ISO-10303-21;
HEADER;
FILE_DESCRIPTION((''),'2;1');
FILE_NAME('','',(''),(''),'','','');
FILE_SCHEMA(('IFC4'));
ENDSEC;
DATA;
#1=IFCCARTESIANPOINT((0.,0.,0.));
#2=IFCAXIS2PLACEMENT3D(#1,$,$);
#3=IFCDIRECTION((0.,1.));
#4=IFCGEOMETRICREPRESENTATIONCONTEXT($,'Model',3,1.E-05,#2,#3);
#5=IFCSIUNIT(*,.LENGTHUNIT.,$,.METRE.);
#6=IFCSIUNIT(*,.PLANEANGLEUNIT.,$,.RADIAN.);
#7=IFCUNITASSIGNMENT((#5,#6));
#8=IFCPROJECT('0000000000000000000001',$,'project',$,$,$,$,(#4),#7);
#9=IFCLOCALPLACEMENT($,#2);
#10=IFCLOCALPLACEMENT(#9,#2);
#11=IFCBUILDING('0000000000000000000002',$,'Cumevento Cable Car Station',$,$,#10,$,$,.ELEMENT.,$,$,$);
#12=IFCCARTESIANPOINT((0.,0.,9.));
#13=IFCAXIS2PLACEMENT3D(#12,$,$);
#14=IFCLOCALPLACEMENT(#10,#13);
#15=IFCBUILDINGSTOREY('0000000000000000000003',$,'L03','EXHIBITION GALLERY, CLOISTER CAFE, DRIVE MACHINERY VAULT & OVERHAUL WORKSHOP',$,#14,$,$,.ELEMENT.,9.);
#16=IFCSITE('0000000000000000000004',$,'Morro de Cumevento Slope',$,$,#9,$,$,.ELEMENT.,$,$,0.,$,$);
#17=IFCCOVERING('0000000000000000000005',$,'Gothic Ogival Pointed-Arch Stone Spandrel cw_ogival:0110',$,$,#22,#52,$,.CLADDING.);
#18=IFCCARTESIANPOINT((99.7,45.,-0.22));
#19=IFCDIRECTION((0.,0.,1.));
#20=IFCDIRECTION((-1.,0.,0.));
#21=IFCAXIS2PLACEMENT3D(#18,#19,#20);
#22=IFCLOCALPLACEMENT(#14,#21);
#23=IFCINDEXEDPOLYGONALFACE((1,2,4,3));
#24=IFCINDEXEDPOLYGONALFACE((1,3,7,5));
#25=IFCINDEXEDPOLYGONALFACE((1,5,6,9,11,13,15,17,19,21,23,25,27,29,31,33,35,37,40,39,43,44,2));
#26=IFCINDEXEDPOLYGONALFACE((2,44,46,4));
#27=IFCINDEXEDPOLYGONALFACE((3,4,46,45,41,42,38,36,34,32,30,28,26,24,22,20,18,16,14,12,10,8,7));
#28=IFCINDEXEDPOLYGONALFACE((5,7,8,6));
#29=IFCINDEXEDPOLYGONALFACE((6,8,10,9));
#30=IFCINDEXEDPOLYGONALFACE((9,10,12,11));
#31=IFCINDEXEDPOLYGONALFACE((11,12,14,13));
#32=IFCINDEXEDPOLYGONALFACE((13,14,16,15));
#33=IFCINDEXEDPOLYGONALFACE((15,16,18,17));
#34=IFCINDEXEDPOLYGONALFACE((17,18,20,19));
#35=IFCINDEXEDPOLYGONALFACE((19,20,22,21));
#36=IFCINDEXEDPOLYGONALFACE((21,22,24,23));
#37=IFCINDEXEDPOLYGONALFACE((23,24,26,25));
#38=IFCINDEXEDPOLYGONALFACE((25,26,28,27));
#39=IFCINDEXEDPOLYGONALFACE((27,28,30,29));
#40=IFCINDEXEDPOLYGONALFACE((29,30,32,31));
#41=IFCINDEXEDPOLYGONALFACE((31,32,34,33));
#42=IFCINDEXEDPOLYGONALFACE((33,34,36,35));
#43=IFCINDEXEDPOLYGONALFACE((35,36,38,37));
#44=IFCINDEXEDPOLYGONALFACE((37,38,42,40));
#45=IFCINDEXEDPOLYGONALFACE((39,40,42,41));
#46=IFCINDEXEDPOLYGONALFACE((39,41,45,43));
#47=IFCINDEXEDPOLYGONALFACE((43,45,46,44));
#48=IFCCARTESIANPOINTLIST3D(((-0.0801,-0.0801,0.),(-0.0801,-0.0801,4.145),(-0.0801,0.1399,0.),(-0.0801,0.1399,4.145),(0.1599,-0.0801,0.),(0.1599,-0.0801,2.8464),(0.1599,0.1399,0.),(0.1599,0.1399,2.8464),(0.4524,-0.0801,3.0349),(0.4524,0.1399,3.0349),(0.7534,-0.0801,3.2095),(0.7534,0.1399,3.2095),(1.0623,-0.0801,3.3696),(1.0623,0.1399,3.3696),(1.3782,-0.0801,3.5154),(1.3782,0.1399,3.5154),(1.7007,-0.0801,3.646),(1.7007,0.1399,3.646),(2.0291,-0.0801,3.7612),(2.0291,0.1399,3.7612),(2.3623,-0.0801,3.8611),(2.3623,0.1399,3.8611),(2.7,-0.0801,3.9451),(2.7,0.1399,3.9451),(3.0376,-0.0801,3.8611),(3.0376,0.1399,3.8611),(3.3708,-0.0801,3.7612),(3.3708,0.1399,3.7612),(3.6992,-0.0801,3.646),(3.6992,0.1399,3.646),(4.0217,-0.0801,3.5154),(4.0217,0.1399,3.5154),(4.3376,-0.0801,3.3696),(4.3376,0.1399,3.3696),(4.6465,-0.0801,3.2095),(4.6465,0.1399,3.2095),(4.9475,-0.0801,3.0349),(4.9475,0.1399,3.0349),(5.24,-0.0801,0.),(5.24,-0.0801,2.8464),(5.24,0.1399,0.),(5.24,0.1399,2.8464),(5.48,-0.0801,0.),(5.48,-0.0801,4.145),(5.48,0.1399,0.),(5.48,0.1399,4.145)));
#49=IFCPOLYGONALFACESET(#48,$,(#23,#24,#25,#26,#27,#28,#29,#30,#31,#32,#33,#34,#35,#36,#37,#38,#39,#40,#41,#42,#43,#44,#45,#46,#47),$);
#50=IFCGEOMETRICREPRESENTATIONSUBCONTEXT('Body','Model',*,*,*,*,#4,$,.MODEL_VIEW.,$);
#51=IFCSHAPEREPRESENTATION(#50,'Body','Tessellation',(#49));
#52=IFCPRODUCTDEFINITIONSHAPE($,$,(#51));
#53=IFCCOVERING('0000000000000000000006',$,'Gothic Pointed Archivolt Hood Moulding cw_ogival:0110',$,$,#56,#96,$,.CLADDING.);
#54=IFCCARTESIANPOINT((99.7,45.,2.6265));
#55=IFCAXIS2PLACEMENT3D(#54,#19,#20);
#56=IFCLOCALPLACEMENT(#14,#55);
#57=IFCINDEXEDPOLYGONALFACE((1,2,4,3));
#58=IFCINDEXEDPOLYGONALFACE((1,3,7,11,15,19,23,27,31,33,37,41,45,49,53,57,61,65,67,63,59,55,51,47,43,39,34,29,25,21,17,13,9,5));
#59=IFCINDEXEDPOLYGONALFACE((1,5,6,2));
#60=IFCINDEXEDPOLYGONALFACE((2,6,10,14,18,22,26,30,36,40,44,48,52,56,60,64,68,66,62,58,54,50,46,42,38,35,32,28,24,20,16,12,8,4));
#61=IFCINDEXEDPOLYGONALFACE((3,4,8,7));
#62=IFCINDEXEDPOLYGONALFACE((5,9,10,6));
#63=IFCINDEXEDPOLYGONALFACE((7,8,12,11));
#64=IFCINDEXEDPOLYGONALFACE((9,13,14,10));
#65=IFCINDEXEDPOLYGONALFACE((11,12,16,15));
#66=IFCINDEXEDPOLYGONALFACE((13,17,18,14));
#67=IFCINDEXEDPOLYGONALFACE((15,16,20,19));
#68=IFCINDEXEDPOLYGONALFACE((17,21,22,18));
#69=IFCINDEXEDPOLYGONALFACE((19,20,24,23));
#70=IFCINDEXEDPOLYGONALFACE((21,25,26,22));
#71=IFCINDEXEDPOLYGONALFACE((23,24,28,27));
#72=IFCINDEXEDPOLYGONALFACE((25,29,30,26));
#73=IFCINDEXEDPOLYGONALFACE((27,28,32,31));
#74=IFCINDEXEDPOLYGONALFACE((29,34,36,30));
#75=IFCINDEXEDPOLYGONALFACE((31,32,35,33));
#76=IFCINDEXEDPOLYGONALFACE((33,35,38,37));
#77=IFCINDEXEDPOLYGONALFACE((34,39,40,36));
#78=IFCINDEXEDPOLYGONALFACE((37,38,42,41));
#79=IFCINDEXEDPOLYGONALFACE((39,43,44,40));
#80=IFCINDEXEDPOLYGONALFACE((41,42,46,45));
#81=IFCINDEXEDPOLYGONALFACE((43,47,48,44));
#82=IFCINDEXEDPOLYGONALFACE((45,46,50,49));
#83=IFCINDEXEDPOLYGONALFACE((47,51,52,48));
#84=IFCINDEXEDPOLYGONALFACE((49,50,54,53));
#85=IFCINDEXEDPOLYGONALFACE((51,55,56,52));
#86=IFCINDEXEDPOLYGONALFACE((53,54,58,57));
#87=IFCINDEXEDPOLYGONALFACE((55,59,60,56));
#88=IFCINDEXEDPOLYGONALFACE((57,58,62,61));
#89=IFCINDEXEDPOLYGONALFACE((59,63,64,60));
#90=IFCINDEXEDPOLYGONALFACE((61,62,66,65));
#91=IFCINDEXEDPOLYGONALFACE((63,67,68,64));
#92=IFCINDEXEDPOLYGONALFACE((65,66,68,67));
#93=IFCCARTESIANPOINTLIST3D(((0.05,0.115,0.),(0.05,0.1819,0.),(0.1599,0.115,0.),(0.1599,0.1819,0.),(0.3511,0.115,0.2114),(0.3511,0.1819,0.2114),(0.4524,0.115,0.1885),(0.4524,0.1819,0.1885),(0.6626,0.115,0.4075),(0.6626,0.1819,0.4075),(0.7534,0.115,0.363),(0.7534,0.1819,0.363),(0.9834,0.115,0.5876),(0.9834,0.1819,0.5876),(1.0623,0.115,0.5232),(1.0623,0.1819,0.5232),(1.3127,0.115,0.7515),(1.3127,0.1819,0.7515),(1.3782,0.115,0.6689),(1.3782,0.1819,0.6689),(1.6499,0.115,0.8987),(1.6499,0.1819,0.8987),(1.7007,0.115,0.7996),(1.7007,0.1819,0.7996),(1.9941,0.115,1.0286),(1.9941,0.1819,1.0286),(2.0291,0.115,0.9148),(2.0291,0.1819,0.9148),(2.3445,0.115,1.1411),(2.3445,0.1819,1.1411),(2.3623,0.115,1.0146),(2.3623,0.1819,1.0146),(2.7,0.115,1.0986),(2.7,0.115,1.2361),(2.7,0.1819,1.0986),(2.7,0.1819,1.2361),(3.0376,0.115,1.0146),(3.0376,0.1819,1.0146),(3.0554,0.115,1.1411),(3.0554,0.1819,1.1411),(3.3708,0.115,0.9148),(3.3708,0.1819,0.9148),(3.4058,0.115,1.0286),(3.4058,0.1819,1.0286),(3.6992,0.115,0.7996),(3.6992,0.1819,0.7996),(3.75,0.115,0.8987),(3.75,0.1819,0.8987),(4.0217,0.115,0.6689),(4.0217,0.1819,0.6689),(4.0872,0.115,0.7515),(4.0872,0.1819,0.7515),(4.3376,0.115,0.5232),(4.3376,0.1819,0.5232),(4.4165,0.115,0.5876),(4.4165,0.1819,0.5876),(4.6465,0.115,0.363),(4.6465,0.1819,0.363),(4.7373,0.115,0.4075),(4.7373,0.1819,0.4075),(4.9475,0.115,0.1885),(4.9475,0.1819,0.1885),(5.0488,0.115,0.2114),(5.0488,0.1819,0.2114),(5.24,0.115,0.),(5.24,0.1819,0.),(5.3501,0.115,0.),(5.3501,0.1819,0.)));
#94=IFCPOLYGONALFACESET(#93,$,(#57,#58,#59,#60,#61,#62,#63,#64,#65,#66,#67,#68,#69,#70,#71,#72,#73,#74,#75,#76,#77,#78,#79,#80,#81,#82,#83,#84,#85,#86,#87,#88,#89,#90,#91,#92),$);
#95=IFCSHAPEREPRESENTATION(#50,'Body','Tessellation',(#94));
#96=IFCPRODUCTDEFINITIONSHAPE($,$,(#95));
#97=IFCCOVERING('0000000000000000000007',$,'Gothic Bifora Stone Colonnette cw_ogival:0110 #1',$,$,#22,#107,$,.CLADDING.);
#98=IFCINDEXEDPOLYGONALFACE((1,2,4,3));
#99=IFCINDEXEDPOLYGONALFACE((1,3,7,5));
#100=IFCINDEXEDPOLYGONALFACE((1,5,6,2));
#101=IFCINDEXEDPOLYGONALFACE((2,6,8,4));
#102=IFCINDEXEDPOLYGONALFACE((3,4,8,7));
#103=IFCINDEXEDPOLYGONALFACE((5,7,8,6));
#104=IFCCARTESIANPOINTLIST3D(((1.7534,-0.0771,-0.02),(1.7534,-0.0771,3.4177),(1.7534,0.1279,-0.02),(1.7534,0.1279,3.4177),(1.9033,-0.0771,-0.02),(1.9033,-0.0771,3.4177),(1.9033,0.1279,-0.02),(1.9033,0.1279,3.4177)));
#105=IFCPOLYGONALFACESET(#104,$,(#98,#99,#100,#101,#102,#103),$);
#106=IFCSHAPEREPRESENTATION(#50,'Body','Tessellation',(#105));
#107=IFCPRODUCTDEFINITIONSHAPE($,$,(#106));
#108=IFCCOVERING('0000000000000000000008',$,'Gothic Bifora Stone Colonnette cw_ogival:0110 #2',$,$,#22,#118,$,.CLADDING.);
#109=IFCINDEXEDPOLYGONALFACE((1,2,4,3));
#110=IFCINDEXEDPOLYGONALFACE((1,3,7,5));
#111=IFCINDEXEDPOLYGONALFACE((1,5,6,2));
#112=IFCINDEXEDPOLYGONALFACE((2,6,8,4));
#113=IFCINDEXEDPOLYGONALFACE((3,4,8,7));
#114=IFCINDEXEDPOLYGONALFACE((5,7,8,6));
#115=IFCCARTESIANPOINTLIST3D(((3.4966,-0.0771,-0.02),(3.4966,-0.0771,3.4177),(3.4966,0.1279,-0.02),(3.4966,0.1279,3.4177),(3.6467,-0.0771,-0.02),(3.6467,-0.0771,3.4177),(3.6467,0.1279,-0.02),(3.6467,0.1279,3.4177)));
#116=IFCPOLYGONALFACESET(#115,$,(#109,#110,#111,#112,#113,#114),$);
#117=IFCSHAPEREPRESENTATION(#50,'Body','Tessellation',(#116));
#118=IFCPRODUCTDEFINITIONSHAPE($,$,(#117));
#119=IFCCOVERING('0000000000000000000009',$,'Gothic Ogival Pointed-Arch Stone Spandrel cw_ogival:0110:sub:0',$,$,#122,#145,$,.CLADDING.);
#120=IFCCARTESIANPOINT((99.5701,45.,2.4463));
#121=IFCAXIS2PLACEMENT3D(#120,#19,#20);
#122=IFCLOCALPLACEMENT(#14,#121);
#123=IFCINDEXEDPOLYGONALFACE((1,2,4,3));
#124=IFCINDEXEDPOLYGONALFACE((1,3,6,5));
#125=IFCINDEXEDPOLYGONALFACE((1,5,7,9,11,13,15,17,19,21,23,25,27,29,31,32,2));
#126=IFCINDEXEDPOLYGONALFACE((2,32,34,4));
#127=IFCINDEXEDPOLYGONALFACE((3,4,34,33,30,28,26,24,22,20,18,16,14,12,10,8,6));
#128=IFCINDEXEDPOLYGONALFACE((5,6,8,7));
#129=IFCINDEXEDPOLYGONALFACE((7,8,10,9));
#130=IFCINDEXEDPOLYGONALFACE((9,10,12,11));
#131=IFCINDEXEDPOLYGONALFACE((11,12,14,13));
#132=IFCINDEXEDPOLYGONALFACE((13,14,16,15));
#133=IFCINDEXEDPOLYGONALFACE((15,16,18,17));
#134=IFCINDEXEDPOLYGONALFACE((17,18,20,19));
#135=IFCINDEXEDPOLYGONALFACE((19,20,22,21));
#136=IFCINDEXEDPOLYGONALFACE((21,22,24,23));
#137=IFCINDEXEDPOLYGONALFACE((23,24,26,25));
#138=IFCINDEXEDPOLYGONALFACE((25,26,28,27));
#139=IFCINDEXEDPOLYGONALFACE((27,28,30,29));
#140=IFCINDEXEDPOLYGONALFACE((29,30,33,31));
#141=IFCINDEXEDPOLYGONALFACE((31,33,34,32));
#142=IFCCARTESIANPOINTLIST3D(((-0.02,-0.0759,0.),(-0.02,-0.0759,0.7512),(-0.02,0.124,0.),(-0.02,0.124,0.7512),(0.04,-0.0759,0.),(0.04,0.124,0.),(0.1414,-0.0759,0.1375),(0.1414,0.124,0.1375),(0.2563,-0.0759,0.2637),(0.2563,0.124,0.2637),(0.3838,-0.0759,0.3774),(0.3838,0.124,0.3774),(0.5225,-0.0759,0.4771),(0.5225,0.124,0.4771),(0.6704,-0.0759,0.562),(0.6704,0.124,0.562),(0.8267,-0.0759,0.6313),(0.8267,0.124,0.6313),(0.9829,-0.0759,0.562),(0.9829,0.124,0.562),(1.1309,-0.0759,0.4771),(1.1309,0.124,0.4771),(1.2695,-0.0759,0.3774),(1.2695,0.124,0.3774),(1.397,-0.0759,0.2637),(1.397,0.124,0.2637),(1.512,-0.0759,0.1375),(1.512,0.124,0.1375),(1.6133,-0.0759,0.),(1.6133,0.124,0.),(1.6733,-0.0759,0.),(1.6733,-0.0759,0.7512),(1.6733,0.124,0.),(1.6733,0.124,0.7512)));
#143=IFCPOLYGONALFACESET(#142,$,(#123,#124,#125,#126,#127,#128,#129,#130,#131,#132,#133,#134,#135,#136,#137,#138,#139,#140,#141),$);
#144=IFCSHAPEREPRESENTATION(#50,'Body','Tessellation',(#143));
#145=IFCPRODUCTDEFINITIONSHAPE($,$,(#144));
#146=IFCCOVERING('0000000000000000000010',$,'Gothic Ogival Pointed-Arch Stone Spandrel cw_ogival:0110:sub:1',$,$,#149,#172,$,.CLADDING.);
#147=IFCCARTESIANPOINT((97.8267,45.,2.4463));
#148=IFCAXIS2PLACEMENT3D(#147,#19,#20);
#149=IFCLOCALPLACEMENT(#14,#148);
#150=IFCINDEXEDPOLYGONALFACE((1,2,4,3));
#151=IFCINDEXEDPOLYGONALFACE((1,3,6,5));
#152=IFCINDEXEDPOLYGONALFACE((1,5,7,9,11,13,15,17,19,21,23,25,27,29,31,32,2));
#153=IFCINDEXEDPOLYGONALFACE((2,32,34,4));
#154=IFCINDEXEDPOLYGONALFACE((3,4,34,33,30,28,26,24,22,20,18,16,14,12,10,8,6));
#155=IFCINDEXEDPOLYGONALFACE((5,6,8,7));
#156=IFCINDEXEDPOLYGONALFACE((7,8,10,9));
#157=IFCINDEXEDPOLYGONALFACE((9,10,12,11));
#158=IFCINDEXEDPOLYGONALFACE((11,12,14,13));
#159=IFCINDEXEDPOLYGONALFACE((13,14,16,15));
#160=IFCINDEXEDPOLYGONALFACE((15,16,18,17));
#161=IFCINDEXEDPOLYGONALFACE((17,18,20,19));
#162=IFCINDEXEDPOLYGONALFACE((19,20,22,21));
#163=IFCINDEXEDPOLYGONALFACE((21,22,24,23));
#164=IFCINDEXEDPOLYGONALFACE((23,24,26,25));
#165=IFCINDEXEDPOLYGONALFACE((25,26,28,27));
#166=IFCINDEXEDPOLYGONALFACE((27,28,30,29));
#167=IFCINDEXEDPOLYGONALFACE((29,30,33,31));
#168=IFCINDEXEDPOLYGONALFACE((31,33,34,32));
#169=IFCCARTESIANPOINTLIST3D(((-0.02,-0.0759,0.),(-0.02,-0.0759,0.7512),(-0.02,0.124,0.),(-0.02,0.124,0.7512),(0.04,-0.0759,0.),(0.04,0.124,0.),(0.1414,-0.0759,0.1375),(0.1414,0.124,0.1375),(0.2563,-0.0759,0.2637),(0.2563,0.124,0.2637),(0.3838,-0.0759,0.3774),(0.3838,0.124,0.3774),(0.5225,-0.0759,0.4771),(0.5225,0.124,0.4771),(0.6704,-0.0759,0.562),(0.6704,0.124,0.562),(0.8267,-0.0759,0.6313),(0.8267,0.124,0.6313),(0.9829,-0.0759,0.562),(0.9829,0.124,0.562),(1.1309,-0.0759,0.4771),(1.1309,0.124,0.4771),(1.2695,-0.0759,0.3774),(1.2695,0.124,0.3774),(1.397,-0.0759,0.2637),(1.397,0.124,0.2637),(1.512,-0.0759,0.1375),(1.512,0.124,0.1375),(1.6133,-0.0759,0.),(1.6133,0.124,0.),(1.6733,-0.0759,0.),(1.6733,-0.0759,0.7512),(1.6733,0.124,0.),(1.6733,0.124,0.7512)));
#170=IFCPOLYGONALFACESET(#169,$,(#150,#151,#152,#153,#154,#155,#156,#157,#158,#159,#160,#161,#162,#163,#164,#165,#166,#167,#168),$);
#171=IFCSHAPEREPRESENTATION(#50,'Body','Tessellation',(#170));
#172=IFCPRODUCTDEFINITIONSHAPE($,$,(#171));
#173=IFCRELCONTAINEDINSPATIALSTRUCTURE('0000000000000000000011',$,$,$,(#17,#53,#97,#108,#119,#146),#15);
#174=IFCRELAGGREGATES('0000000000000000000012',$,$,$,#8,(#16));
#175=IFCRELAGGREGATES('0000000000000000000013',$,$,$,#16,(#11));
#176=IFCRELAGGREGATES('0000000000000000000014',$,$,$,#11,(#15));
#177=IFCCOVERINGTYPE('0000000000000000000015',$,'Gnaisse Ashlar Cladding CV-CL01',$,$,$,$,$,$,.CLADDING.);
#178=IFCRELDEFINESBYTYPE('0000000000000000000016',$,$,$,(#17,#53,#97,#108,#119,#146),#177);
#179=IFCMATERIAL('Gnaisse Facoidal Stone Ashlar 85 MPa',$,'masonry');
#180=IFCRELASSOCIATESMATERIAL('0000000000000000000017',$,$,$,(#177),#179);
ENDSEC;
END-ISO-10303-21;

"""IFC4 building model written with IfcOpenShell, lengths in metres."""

from ifc_helpers import new_model, si_unit, direction, frame, origin, place, context, subcontext, project, spatial, polyline, outline, extrude, material, type_object, element, save


model = new_model("IFC4")

# Units and contexts
model_context = context("Model", 3, precision=1e-05, world=origin(), true_north=direction((0.0, 1.0)))
body_context = subcontext(model_context, "Body", "Model", "MODEL_VIEW")
ifc_project = project(units=[si_unit("LENGTHUNIT", "METRE"), si_unit("PLANEANGLEUNIT", "RADIAN")], contexts=[model_context])

# Site, building, storey
site_placement = place(None, origin())
site = spatial("IfcSite", under=ifc_project, at=site_placement, Name="Morro de Cumevento Slope", CompositionType="ELEMENT", RefElevation=0.0)
building_placement = place(site_placement, origin())
building = spatial("IfcBuilding", under=site, at=building_placement, Name="Cumevento Cable Car Station", CompositionType="ELEMENT")
storey_placement = place(building_placement, frame((0.0, 0.0, 9.0)))
storey = spatial("IfcBuildingStorey", under=building, at=storey_placement, Name="L03", Description="EXHIBITION GALLERY, CLOISTER CAFE, DRIVE MACHINERY VAULT & OVERHAUL WORKSHOP", CompositionType="ELEMENT", Elevation=9.0)

# Coverings
ifc_material_1 = material(Name="Gnaisse Facoidal Stone Ashlar 85 MPa", Category="masonry")
covering_type = type_object("IfcCoveringType", Name="Gnaisse Ashlar Cladding CV-CL01", PredefinedType="CLADDING", material=ifc_material_1)
placement = place(storey_placement, frame((99.7, 45.0, -0.22), z_axis=(0.0, 0.0, 1.0), x_axis=(-1.0, 0.0, 0.0)))
element("IfcCovering", 1, at=placement, inside=storey, type_object=covering_type, Name="Gothic Ogival Pointed-Arch Stone Spandrel cw_ogival:0110", PredefinedType="CLADDING", context=body_context, shape_type="SweptSolid", body=[
    extrude(outline(polyline([(-0.0801, 0.0), (-0.0801, 4.145), (5.48, 4.145), (5.48, 0.0), (5.24, 0.0), (5.24, 2.8464), (4.9475, 3.0349), (4.6465, 3.2095), (4.3376, 3.3696), (4.0217, 3.5154), (3.6992, 3.646), (3.3708, 3.7612), (3.0376, 3.8611), (2.7, 3.9451), (2.3623, 3.8611), (2.0291, 3.7612), (1.7007, 3.646), (1.3782, 3.5154), (1.0623, 3.3696), (0.7534, 3.2095), (0.4524, 3.0349), (0.1599, 2.8464), (0.1599, 0.0), (-0.0801, 0.0)])), frame((0.0, 0.1399, 0.0), z_axis=(0.0, -1.0, 0.0), x_axis=(1.0, 0.0, 0.0)), (0.0, 0.0, 1.0), 0.22),
])
covering_1_placement = place(storey_placement, frame((99.7, 45.0, 2.6265), z_axis=(0.0, 0.0, 1.0), x_axis=(-1.0, 0.0, 0.0)))
element("IfcCovering", 2, at=covering_1_placement, inside=storey, type_object=covering_type, Name="Gothic Pointed Archivolt Hood Moulding cw_ogival:0110", PredefinedType="CLADDING", context=body_context, shape_type="SweptSolid", body=[
    extrude(outline(polyline([(0.1599, 0.0), (0.4524, 0.1885), (0.7534, 0.363), (1.0623, 0.5232), (1.3782, 0.6689), (1.7007, 0.7996), (2.0291, 0.9148), (2.3623, 1.0146), (2.7, 1.0986), (3.0376, 1.0146), (3.3708, 0.9148), (3.6992, 0.7996), (4.0217, 0.6689), (4.3376, 0.5232), (4.6465, 0.363), (4.9475, 0.1885), (5.24, 0.0), (5.3501, 0.0), (5.0488, 0.2114), (4.7373, 0.4075), (4.4165, 0.5876), (4.0872, 0.7515), (3.75, 0.8987), (3.4058, 1.0286), (3.0554, 1.1411), (2.7, 1.2361), (2.3445, 1.1411), (1.9941, 1.0286), (1.6499, 0.8987), (1.3127, 0.7515), (0.9834, 0.5876), (0.6626, 0.4075), (0.3511, 0.2114), (0.05, 0.0), (0.1599, 0.0)])), frame((0.0, 0.1819, 0.0), z_axis=(0.0, -1.0, 0.0), x_axis=(1.0, 0.0, 0.0)), (0.0, 0.0, 1.0), 0.0669),
])
element("IfcCovering", 3, at=placement, inside=storey, type_object=covering_type, Name="Gothic Bifora Stone Colonnette cw_ogival:0110 #1", PredefinedType="CLADDING", context=body_context, shape_type="SweptSolid", body=[
    extrude(outline(polyline([(1.7534, -0.02), (1.9033, -0.02), (1.9033, 3.4177), (1.7534, 3.4177), (1.7534, -0.02)])), frame((0.0, 0.1279, 0.0), z_axis=(0.0, -1.0, 0.0), x_axis=(1.0, 0.0, 0.0)), (0.0, 0.0, 1.0), 0.2051),
])
element("IfcCovering", 4, at=placement, inside=storey, type_object=covering_type, Name="Gothic Bifora Stone Colonnette cw_ogival:0110 #2", PredefinedType="CLADDING", context=body_context, shape_type="SweptSolid", body=[
    extrude(outline(polyline([(3.4966, -0.02), (3.6467, -0.02), (3.6467, 3.4177), (3.4966, 3.4177), (3.4966, -0.02)])), frame((0.0, 0.1279, 0.0), z_axis=(0.0, -1.0, 0.0), x_axis=(1.0, 0.0, 0.0)), (0.0, 0.0, 1.0), 0.2051),
])
for number, where, z_axis, x_axis, name in (
    (5, (99.5701, 45.0, 2.4463), (0.0, 0.0, 1.0), (-1.0, 0.0, 0.0), "Gothic Ogival Pointed-Arch Stone Spandrel cw_ogival:0110:sub:0"),
    (6, (97.8267, 45.0, 2.4463), (0.0, 0.0, 1.0), (-1.0, 0.0, 0.0), "Gothic Ogival Pointed-Arch Stone Spandrel cw_ogival:0110:sub:1"),
):
    element("IfcCovering", number, at=place(storey_placement, frame(where, z_axis=z_axis, x_axis=x_axis)), inside=storey, type_object=covering_type, Name=name, PredefinedType="CLADDING", context=body_context, shape_type="SweptSolid", body=[
        extrude(outline(polyline([(-0.02, 0.0), (-0.02, 0.7512), (1.6733, 0.7512), (1.6733, 0.0), (1.6133, 0.0), (1.512, 0.1375), (1.397, 0.2637), (1.2695, 0.3774), (1.1309, 0.4771), (0.9829, 0.562), (0.8267, 0.6313), (0.6704, 0.562), (0.5225, 0.4771), (0.3838, 0.3774), (0.2563, 0.2637), (0.1414, 0.1375), (0.04, 0.0), (-0.02, 0.0)])), frame((0.0, 0.124, 0.0), z_axis=(0.0, -1.0, 0.0), x_axis=(1.0, 0.0, 0.0)), (0.0, 0.0, 1.0), 0.2),
    ])

save(model, "model.ifc")
